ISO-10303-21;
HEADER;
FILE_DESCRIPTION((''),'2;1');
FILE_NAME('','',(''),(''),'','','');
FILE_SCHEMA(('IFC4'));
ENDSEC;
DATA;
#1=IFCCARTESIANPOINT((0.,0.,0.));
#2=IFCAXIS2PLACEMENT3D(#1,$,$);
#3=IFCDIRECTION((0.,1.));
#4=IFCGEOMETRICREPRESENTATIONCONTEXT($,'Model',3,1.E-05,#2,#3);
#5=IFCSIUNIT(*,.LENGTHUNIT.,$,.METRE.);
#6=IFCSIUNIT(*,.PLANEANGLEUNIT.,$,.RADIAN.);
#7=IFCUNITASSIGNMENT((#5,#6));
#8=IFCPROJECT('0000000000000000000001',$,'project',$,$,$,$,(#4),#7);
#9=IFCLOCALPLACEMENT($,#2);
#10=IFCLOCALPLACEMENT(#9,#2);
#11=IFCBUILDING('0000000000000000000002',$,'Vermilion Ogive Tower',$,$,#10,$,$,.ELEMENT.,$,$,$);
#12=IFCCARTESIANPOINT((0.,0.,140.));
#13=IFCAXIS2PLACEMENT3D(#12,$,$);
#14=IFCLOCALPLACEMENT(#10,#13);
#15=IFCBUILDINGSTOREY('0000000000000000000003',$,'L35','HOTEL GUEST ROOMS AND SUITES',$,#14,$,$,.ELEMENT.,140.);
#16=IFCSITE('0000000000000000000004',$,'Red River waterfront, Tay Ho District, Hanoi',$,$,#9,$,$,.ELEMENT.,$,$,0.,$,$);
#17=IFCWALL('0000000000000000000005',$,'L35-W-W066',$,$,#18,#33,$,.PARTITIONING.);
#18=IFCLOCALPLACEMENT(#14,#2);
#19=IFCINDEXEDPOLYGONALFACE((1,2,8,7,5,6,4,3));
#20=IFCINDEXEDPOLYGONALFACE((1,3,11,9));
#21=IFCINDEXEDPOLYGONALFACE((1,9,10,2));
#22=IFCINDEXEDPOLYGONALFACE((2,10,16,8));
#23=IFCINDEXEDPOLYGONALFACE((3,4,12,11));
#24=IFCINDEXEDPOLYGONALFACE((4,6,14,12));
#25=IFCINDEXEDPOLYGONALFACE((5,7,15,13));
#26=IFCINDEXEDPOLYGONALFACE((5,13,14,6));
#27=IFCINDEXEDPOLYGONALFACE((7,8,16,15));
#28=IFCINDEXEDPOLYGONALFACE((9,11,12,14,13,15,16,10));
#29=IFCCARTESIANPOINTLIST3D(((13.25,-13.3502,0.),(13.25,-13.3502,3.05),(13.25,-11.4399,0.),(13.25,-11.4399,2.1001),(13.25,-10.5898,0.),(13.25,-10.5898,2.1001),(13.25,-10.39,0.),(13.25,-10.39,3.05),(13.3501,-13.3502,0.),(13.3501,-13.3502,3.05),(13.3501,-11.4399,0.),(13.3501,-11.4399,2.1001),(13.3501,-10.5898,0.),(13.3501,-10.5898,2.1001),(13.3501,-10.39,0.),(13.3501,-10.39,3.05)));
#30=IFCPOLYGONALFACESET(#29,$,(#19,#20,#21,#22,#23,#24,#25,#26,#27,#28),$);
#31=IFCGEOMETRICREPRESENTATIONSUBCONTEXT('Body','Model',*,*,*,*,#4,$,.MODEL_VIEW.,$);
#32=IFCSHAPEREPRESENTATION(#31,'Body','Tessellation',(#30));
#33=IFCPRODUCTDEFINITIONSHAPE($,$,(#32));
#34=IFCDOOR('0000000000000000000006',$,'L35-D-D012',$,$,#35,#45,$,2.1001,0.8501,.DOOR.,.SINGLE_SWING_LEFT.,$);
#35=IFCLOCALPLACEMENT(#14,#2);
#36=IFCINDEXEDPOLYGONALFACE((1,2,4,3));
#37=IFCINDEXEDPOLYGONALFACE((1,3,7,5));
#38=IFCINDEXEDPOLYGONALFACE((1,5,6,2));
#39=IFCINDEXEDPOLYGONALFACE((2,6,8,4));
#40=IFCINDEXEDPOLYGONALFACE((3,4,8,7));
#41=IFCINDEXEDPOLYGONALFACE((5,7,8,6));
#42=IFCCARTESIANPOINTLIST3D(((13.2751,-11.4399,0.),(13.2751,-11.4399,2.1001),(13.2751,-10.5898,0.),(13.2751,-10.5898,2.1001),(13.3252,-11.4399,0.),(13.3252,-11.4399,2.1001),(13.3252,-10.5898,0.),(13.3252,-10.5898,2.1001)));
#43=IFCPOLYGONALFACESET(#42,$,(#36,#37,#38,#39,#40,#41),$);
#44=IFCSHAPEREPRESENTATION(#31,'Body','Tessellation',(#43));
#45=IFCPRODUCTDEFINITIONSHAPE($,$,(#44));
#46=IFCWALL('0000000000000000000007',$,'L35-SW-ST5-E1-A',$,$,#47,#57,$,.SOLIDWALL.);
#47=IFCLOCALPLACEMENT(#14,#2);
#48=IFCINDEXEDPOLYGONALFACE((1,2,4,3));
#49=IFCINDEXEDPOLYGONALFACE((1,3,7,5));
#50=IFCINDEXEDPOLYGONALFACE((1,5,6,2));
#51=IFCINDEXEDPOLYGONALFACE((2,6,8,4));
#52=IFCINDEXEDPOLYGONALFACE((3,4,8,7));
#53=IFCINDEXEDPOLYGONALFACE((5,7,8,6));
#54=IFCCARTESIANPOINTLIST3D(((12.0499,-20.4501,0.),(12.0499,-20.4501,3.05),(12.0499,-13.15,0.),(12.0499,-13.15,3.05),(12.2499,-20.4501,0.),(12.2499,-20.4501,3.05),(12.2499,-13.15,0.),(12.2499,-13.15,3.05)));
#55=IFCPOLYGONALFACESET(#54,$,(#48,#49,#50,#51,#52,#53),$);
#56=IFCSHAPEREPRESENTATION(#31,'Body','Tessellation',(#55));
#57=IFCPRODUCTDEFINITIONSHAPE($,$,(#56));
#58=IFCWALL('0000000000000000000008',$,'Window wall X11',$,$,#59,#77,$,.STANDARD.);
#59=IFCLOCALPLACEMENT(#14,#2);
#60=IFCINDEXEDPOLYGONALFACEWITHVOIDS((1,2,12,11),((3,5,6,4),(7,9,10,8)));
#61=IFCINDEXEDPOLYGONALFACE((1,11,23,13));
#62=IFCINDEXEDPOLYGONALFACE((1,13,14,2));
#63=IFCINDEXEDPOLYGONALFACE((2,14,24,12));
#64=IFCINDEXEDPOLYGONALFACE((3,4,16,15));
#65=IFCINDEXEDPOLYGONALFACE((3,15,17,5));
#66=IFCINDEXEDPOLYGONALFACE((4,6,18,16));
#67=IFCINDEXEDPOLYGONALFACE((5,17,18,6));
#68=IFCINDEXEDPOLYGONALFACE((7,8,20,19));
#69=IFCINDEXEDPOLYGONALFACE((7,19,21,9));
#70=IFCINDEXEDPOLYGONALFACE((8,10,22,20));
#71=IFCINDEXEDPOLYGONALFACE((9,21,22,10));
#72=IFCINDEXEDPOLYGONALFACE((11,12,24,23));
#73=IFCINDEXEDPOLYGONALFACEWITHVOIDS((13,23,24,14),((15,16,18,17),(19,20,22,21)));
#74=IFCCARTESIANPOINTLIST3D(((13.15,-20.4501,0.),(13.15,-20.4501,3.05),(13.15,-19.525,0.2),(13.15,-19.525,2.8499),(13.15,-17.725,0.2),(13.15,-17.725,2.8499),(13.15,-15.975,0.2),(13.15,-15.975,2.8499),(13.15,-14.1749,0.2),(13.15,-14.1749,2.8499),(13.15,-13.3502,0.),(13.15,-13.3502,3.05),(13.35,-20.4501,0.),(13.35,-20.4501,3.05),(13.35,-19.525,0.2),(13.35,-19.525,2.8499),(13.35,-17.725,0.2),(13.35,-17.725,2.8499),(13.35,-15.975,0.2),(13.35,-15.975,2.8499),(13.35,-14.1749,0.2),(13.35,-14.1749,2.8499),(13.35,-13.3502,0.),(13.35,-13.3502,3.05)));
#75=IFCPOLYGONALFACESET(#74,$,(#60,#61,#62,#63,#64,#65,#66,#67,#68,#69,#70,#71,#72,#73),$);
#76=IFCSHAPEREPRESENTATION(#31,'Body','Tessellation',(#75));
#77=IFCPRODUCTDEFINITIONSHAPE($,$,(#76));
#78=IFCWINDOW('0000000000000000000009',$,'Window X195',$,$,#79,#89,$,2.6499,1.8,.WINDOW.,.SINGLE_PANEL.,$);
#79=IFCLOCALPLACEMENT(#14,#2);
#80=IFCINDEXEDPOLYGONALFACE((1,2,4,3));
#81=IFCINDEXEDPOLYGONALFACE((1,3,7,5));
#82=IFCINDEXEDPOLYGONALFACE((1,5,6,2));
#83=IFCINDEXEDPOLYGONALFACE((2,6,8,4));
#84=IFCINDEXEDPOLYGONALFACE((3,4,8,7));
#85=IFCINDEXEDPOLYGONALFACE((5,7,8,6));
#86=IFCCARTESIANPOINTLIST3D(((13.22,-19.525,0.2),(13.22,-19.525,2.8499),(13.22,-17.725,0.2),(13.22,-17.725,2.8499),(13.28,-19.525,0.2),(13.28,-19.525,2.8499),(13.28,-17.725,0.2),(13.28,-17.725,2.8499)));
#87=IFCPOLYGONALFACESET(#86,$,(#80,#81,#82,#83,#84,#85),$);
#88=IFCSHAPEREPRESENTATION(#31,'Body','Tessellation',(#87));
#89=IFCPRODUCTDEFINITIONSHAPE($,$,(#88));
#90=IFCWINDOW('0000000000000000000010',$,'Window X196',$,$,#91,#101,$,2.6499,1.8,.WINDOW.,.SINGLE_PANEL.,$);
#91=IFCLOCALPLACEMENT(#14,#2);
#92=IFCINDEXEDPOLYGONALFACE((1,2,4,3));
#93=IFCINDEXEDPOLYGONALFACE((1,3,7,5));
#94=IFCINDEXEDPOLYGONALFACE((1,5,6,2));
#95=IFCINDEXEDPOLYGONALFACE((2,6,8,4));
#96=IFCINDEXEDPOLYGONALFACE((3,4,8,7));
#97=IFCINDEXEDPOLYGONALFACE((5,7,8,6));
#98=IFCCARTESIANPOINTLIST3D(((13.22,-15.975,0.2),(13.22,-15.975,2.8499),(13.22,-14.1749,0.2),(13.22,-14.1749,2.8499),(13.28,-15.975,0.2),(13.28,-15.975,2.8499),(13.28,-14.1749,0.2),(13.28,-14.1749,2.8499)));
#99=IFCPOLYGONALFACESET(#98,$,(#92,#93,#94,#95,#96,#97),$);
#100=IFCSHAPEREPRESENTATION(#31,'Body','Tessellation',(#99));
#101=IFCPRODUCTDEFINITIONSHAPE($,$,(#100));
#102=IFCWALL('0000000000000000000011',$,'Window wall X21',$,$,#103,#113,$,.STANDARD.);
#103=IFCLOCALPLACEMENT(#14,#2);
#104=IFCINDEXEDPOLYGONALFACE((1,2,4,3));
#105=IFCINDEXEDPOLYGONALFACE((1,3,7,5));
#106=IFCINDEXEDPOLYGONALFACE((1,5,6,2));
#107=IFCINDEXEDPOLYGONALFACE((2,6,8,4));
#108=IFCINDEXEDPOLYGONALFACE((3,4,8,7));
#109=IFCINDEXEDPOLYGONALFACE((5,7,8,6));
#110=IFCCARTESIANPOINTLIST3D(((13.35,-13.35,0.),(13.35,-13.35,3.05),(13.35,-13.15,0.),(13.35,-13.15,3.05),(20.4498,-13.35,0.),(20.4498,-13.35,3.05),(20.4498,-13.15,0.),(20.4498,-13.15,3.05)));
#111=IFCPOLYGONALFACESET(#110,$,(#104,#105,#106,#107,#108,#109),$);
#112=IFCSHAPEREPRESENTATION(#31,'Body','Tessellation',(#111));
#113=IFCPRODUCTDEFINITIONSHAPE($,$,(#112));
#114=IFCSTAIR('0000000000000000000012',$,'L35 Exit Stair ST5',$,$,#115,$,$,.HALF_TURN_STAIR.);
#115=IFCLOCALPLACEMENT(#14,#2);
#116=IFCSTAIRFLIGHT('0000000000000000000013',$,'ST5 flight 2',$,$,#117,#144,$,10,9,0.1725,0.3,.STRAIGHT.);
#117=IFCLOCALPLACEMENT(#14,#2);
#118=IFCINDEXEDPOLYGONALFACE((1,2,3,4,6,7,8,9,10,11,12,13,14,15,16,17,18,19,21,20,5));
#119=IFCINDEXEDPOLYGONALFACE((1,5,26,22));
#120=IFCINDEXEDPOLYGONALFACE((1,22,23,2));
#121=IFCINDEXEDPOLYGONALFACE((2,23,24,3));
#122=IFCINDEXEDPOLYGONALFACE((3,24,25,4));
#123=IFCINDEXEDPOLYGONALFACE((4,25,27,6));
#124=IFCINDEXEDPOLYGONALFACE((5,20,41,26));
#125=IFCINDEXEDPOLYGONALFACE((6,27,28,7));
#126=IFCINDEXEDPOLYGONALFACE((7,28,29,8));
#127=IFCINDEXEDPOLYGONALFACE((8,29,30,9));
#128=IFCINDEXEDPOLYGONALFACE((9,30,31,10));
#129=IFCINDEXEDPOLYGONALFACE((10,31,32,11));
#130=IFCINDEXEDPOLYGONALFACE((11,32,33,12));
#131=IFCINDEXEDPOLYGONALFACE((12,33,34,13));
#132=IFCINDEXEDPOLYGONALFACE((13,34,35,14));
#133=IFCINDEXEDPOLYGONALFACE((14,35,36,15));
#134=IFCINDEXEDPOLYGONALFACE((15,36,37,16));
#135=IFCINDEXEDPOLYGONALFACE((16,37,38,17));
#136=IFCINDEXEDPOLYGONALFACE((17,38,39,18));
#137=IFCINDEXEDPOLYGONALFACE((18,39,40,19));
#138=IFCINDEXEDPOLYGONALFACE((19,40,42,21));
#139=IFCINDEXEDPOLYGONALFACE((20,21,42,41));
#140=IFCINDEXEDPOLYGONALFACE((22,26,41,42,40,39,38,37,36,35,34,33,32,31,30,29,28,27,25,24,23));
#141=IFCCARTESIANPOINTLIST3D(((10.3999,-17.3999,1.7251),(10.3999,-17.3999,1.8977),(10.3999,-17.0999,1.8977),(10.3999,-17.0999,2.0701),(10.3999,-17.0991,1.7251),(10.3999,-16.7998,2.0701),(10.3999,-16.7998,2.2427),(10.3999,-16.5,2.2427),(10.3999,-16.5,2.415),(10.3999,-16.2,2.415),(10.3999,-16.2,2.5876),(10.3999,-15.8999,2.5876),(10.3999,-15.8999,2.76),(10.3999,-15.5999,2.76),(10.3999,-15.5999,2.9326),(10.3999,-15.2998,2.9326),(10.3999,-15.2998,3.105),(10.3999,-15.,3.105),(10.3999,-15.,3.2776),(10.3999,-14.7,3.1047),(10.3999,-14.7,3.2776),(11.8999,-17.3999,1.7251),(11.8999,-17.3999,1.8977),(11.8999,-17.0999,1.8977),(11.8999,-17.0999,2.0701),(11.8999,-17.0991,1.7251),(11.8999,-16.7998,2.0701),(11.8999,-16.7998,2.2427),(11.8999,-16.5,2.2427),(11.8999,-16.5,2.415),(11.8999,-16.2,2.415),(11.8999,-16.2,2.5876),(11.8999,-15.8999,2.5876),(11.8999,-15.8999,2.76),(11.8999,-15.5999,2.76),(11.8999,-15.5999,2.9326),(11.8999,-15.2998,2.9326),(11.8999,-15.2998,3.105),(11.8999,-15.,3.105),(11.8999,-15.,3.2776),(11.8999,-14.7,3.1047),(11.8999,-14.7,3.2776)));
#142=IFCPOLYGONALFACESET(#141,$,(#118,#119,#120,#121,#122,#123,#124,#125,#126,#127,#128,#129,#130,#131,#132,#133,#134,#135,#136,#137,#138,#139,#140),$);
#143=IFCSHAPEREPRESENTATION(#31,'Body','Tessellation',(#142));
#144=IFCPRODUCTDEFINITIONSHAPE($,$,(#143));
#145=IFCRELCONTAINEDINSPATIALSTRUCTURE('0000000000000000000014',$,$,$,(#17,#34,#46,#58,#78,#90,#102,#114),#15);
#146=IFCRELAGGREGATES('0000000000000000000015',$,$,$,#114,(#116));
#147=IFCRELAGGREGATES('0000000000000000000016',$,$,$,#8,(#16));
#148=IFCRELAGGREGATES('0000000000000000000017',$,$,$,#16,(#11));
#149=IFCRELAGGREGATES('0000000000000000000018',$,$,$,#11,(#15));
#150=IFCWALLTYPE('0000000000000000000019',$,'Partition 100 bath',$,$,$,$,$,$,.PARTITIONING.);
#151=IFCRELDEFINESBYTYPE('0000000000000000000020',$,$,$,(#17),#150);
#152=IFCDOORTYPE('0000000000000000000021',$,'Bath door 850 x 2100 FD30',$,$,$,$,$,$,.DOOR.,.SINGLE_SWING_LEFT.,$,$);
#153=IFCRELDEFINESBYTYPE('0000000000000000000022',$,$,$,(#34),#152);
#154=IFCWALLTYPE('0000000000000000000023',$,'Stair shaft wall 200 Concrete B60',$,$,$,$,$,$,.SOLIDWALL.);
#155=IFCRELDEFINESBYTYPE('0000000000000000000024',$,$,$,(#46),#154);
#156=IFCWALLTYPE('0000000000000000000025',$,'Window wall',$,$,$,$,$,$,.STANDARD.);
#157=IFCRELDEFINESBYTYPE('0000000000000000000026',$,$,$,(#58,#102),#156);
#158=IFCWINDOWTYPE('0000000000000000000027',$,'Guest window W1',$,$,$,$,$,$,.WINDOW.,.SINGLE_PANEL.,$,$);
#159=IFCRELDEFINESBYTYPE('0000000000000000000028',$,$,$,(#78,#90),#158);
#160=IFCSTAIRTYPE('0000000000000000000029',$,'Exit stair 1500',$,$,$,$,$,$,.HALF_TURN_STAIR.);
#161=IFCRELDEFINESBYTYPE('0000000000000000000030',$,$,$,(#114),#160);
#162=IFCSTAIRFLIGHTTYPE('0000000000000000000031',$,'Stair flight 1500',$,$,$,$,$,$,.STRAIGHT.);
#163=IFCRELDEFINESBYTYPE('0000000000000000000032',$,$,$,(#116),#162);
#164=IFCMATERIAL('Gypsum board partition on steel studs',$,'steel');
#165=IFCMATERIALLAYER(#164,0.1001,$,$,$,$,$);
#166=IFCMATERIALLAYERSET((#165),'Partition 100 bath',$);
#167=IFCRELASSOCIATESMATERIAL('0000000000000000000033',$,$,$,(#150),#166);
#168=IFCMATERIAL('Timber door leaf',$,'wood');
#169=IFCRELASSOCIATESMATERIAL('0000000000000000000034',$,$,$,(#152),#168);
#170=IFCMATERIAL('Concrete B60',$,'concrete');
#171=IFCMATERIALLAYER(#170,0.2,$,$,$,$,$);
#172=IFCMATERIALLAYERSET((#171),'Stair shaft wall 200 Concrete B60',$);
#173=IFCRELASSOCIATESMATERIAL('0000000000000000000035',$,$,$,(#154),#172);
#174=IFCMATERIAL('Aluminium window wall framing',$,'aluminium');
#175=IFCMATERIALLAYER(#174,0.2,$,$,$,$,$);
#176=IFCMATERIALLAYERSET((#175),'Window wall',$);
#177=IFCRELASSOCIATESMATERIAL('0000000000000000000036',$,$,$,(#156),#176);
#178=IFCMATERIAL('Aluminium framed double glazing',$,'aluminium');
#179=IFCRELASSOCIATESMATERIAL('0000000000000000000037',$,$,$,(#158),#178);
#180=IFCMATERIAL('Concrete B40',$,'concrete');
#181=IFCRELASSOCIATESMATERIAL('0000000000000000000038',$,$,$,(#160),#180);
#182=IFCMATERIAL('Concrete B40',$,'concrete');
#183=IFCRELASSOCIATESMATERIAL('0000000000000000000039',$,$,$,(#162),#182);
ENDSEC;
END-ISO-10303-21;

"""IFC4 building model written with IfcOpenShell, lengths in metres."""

from ifc_helpers import new_model, si_unit, direction, frame, frame_2d, origin, place, context, subcontext, project, spatial, polyline, rectangle, outline, extrude, material, layer, layer_set, type_object, element, fill, aggregate, save


model = new_model("IFC4")

# Units and contexts
model_context = context("Model", 3, precision=1e-05, world=origin(), true_north=direction((0.0, 1.0)))
body_context = subcontext(model_context, "Body", "Model", "MODEL_VIEW")
ifc_project = project(units=[si_unit("LENGTHUNIT", "METRE"), si_unit("PLANEANGLEUNIT", "RADIAN")], contexts=[model_context])

# Site, building, storey
site_placement = place(None, origin())
site = spatial("IfcSite", under=ifc_project, at=site_placement, Name="Red River waterfront, Tay Ho District, Hanoi", CompositionType="ELEMENT", RefElevation=0.0)
building_placement = place(site_placement, origin())
building = spatial("IfcBuilding", under=site, at=building_placement, Name="Vermilion Ogive Tower", CompositionType="ELEMENT")
storey_placement = place(building_placement, frame((0.0, 0.0, 140.0)))
storey = spatial("IfcBuildingStorey", under=building, at=storey_placement, Name="L35", Description="HOTEL GUEST ROOMS AND SUITES", CompositionType="ELEMENT", Elevation=140.0)

# Shared definitions
ifc_material_1 = material(Name="Gypsum board partition on steel studs", Category="steel")
ifc_layer_1 = layer(ifc_material_1, 0.1001)
ifc_layer_set_1 = layer_set([ifc_layer_1], Name="Partition 100 bath")
wall_type_1 = type_object("IfcWallType", Name="Partition 100 bath", PredefinedType="PARTITIONING", material=ifc_layer_set_1)

# Wall, opening, door
wall_1_placement = place(storey_placement, frame((13.3, -13.3501, 0.0), z_axis=(0.0, 0.0, 1.0), x_axis=(0.0, 1.0, 0.0)))
wall_1 = element("IfcWall", 1, at=wall_1_placement, inside=storey, type_object=wall_type_1, Name="L35-W-W066", PredefinedType="PARTITIONING", context=body_context, shape_type="SweptSolid", body=[
    extrude(rectangle(XDim=2.9602, YDim=0.1001, at=frame_2d((1.48, 0.0))), origin(), (0.0, 0.0, 1.0), 3.05),
])
opening_1_placement = place(wall_1_placement, frame((1.9102, 0.0, 0.0)))
opening_1 = element("IfcOpeningElement", 2, at=opening_1_placement, cuts=wall_1, PredefinedType="OPENING", context=body_context, shape_type="SweptSolid", body=[
    extrude(rectangle(XDim=0.8501, YDim=2.1001, at=frame_2d((0.425, 1.05))), frame((0.0, 0.0601, 0.0), z_axis=(0.0, -1.0, 0.0), x_axis=(1.0, 0.0, 0.0)), (0.0, 0.0, 1.0), 0.1201),
])
ifc_material_2 = material(Name="Timber door leaf", Category="wood")
door_type = type_object("IfcDoorType", Name="Bath door 850 x 2100 FD30", OperationType="SINGLE_SWING_LEFT", PredefinedType="DOOR", material=ifc_material_2)
door_placement = place(opening_1_placement, origin())
door = element("IfcDoor", 3, at=door_placement, inside=storey, type_object=door_type, Name="L35-D-D012", OperationType="SINGLE_SWING_LEFT", OverallHeight=2.1001, OverallWidth=0.8501, PredefinedType="DOOR", context=body_context, shape_type="SweptSolid", body=[
    extrude(rectangle(XDim=0.8501, YDim=2.1001, at=frame_2d((0.425, 1.05))), frame((0.0, 0.0249, 0.0), z_axis=(0.0, -1.0, 0.0), x_axis=(1.0, 0.0, 0.0)), (0.0, 0.0, 1.0), 0.05),
])
fill(opening_1, door)

# Wall
ifc_material_3 = material(Name="Concrete B60", Category="concrete")
ifc_layer_2 = layer(ifc_material_3, 0.2)
ifc_layer_set_2 = layer_set([ifc_layer_2], Name="Stair shaft wall 200 Concrete B60")
wall_type_2 = type_object("IfcWallType", Name="Stair shaft wall 200 Concrete B60", PredefinedType="SOLIDWALL", material=ifc_layer_set_2)
wall_2_placement = place(storey_placement, frame((12.1499, -20.45, 0.0), z_axis=(0.0, 0.0, 1.0), x_axis=(0.0, 1.0, 0.0)))
element("IfcWall", 4, at=wall_2_placement, inside=storey, type_object=wall_type_2, Name="L35-SW-ST5-E1-A", PredefinedType="SOLIDWALL", context=body_context, shape_type="SweptSolid", body=[
    extrude(rectangle(XDim=7.3, YDim=0.2, at=frame_2d((3.6499, 0.0))), origin(), (0.0, 0.0, 1.0), 3.05),
])

# Wall, openings, windows
ifc_material_4 = material(Name="Aluminium window wall framing", Category="aluminium")
ifc_layer_3 = layer(ifc_material_4, 0.2)
ifc_layer_set_3 = layer_set([ifc_layer_3], Name="Window wall")
wall_type_3 = type_object("IfcWallType", Name="Window wall", PredefinedType="STANDARD", material=ifc_layer_set_3)
wall_3_placement = place(storey_placement, frame((13.25, -20.45, 0.0), z_axis=(0.0, 0.0, 1.0), x_axis=(0.0, 1.0, 0.0)))
wall_3 = element("IfcWall", 5, at=wall_3_placement, inside=storey, type_object=wall_type_3, Name="Window wall X11", PredefinedType="STANDARD", context=body_context, shape_type="SweptSolid", body=[
    extrude(rectangle(XDim=7.0999, YDim=0.2, at=frame_2d((3.5498, 0.0))), origin(), (0.0, 0.0, 1.0), 3.05),
])
opening_2_placement = place(wall_3_placement, frame((0.925, 0.0, 0.2)))
opening_2 = element("IfcOpeningElement", 6, at=opening_2_placement, cuts=wall_3, PredefinedType="OPENING", context=body_context, shape_type="SweptSolid", body=[
    extrude(rectangle(XDim=1.8, YDim=2.6499, at=frame_2d((0.8999, 1.325))), frame((0.0, 0.1099, 0.0), z_axis=(0.0, -1.0, 0.0), x_axis=(1.0, 0.0, 0.0)), (0.0, 0.0, 1.0), 0.22),
])
opening_3_placement = place(wall_3_placement, frame((4.4751, 0.0, 0.2)))
opening_3 = element("IfcOpeningElement", 7, at=opening_3_placement, cuts=wall_3, PredefinedType="OPENING", context=body_context, shape_type="SweptSolid", body=[
    extrude(rectangle(XDim=1.8, YDim=2.6499, at=frame_2d((0.8999, 1.325))), frame((0.0, 0.1099, 0.0), z_axis=(0.0, -1.0, 0.0), x_axis=(1.0, 0.0, 0.0)), (0.0, 0.0, 1.0), 0.22),
])
ifc_material_5 = material(Name="Aluminium framed double glazing", Category="aluminium")
window_type = type_object("IfcWindowType", Name="Guest window W1", PartitioningType="SINGLE_PANEL", PredefinedType="WINDOW", material=ifc_material_5)
window_1_placement = place(opening_2_placement, origin())
window_1 = element("IfcWindow", 8, at=window_1_placement, inside=storey, type_object=window_type, Name="Window X195", OverallHeight=2.6499, OverallWidth=1.8, PartitioningType="SINGLE_PANEL", PredefinedType="WINDOW", context=body_context, shape_type="SweptSolid", body=[
    extrude(rectangle(XDim=1.8, YDim=2.6499, at=frame_2d((0.8999, 1.325))), frame((0.0, 0.03, 0.0), z_axis=(0.0, -1.0, 0.0), x_axis=(1.0, 0.0, 0.0)), (0.0, 0.0, 1.0), 0.0601),
])
fill(opening_2, window_1)
window_2_placement = place(opening_3_placement, origin())
window_2 = element("IfcWindow", 9, at=window_2_placement, inside=storey, type_object=window_type, Name="Window X196", OverallHeight=2.6499, OverallWidth=1.8, PartitioningType="SINGLE_PANEL", PredefinedType="WINDOW", context=body_context, shape_type="SweptSolid", body=[
    extrude(rectangle(XDim=1.8, YDim=2.6499, at=frame_2d((0.8999, 1.325))), frame((0.0, 0.03, 0.0), z_axis=(0.0, -1.0, 0.0), x_axis=(1.0, 0.0, 0.0)), (0.0, 0.0, 1.0), 0.0601),
])
fill(opening_3, window_2)

# Wall
wall_4_placement = place(storey_placement, frame((13.3501, -13.25, 0.0), z_axis=(0.0, 0.0, 1.0), x_axis=(1.0, 0.0, 0.0)))
element("IfcWall", 10, at=wall_4_placement, inside=storey, type_object=wall_type_3, Name="Window wall X21", PredefinedType="STANDARD", context=body_context, shape_type="SweptSolid", body=[
    extrude(rectangle(XDim=7.0999, YDim=0.2, at=frame_2d((3.5498, 0.0))), origin(), (0.0, 0.0, 1.0), 3.05),
])

# Stair, stair flight
ifc_material_6 = material(Name="Concrete B40", Category="concrete")
stair_type = type_object("IfcStairType", Name="Exit stair 1500", PredefinedType="HALF_TURN_STAIR", material=ifc_material_6)
stair_placement = place(storey_placement, origin())
stair = element("IfcStair", 11, at=stair_placement, inside=storey, type_object=stair_type, Name="L35 Exit Stair ST5", PredefinedType="HALF_TURN_STAIR")
ifc_material_7 = material(Name="Concrete B40", Category="concrete")
stair_flight_type = type_object("IfcStairFlightType", Name="Stair flight 1500", PredefinedType="STRAIGHT", material=ifc_material_7)
stair_flight_placement = place(storey_placement, frame((11.1499, -17.3999, 1.7251), z_axis=(0.0, 0.0, 1.0), x_axis=(0.0, 1.0, 0.0)))
stair_flight = element("IfcStairFlight", 12, at=stair_flight_placement, type_object=stair_flight_type, Name="ST5 flight 2", NumberOfRisers=10, NumberOfTreads=9, PredefinedType="STRAIGHT", RiserHeight=0.1725, TreadLength=0.3, context=body_context, shape_type="SweptSolid", body=[
    extrude(outline(polyline([(0.0, 0.0), (0.0, 0.1726), (0.3, 0.1726), (0.3, 0.345), (0.6001, 0.345), (0.6001, 0.5176), (0.8999, 0.5176), (0.8999, 0.6899), (1.2, 0.6899), (1.2, 0.8625), (1.5, 0.8625), (1.5, 1.0349), (1.8, 1.0349), (1.8, 1.2075), (2.1001, 1.2075), (2.1001, 1.3799), (2.3999, 1.3799), (2.3999, 1.5525), (2.7, 1.5525), (2.7, 1.7251), (2.7, 1.3796), (0.3008, 0.0), (0.0, 0.0)])), frame((0.0, 0.75, 0.0), z_axis=(0.0, -1.0, 0.0), x_axis=(1.0, 0.0, 0.0)), (0.0, 0.0, 1.0), 1.5),
])
aggregate(stair, [stair_flight])

save(model, "model.ifc")
